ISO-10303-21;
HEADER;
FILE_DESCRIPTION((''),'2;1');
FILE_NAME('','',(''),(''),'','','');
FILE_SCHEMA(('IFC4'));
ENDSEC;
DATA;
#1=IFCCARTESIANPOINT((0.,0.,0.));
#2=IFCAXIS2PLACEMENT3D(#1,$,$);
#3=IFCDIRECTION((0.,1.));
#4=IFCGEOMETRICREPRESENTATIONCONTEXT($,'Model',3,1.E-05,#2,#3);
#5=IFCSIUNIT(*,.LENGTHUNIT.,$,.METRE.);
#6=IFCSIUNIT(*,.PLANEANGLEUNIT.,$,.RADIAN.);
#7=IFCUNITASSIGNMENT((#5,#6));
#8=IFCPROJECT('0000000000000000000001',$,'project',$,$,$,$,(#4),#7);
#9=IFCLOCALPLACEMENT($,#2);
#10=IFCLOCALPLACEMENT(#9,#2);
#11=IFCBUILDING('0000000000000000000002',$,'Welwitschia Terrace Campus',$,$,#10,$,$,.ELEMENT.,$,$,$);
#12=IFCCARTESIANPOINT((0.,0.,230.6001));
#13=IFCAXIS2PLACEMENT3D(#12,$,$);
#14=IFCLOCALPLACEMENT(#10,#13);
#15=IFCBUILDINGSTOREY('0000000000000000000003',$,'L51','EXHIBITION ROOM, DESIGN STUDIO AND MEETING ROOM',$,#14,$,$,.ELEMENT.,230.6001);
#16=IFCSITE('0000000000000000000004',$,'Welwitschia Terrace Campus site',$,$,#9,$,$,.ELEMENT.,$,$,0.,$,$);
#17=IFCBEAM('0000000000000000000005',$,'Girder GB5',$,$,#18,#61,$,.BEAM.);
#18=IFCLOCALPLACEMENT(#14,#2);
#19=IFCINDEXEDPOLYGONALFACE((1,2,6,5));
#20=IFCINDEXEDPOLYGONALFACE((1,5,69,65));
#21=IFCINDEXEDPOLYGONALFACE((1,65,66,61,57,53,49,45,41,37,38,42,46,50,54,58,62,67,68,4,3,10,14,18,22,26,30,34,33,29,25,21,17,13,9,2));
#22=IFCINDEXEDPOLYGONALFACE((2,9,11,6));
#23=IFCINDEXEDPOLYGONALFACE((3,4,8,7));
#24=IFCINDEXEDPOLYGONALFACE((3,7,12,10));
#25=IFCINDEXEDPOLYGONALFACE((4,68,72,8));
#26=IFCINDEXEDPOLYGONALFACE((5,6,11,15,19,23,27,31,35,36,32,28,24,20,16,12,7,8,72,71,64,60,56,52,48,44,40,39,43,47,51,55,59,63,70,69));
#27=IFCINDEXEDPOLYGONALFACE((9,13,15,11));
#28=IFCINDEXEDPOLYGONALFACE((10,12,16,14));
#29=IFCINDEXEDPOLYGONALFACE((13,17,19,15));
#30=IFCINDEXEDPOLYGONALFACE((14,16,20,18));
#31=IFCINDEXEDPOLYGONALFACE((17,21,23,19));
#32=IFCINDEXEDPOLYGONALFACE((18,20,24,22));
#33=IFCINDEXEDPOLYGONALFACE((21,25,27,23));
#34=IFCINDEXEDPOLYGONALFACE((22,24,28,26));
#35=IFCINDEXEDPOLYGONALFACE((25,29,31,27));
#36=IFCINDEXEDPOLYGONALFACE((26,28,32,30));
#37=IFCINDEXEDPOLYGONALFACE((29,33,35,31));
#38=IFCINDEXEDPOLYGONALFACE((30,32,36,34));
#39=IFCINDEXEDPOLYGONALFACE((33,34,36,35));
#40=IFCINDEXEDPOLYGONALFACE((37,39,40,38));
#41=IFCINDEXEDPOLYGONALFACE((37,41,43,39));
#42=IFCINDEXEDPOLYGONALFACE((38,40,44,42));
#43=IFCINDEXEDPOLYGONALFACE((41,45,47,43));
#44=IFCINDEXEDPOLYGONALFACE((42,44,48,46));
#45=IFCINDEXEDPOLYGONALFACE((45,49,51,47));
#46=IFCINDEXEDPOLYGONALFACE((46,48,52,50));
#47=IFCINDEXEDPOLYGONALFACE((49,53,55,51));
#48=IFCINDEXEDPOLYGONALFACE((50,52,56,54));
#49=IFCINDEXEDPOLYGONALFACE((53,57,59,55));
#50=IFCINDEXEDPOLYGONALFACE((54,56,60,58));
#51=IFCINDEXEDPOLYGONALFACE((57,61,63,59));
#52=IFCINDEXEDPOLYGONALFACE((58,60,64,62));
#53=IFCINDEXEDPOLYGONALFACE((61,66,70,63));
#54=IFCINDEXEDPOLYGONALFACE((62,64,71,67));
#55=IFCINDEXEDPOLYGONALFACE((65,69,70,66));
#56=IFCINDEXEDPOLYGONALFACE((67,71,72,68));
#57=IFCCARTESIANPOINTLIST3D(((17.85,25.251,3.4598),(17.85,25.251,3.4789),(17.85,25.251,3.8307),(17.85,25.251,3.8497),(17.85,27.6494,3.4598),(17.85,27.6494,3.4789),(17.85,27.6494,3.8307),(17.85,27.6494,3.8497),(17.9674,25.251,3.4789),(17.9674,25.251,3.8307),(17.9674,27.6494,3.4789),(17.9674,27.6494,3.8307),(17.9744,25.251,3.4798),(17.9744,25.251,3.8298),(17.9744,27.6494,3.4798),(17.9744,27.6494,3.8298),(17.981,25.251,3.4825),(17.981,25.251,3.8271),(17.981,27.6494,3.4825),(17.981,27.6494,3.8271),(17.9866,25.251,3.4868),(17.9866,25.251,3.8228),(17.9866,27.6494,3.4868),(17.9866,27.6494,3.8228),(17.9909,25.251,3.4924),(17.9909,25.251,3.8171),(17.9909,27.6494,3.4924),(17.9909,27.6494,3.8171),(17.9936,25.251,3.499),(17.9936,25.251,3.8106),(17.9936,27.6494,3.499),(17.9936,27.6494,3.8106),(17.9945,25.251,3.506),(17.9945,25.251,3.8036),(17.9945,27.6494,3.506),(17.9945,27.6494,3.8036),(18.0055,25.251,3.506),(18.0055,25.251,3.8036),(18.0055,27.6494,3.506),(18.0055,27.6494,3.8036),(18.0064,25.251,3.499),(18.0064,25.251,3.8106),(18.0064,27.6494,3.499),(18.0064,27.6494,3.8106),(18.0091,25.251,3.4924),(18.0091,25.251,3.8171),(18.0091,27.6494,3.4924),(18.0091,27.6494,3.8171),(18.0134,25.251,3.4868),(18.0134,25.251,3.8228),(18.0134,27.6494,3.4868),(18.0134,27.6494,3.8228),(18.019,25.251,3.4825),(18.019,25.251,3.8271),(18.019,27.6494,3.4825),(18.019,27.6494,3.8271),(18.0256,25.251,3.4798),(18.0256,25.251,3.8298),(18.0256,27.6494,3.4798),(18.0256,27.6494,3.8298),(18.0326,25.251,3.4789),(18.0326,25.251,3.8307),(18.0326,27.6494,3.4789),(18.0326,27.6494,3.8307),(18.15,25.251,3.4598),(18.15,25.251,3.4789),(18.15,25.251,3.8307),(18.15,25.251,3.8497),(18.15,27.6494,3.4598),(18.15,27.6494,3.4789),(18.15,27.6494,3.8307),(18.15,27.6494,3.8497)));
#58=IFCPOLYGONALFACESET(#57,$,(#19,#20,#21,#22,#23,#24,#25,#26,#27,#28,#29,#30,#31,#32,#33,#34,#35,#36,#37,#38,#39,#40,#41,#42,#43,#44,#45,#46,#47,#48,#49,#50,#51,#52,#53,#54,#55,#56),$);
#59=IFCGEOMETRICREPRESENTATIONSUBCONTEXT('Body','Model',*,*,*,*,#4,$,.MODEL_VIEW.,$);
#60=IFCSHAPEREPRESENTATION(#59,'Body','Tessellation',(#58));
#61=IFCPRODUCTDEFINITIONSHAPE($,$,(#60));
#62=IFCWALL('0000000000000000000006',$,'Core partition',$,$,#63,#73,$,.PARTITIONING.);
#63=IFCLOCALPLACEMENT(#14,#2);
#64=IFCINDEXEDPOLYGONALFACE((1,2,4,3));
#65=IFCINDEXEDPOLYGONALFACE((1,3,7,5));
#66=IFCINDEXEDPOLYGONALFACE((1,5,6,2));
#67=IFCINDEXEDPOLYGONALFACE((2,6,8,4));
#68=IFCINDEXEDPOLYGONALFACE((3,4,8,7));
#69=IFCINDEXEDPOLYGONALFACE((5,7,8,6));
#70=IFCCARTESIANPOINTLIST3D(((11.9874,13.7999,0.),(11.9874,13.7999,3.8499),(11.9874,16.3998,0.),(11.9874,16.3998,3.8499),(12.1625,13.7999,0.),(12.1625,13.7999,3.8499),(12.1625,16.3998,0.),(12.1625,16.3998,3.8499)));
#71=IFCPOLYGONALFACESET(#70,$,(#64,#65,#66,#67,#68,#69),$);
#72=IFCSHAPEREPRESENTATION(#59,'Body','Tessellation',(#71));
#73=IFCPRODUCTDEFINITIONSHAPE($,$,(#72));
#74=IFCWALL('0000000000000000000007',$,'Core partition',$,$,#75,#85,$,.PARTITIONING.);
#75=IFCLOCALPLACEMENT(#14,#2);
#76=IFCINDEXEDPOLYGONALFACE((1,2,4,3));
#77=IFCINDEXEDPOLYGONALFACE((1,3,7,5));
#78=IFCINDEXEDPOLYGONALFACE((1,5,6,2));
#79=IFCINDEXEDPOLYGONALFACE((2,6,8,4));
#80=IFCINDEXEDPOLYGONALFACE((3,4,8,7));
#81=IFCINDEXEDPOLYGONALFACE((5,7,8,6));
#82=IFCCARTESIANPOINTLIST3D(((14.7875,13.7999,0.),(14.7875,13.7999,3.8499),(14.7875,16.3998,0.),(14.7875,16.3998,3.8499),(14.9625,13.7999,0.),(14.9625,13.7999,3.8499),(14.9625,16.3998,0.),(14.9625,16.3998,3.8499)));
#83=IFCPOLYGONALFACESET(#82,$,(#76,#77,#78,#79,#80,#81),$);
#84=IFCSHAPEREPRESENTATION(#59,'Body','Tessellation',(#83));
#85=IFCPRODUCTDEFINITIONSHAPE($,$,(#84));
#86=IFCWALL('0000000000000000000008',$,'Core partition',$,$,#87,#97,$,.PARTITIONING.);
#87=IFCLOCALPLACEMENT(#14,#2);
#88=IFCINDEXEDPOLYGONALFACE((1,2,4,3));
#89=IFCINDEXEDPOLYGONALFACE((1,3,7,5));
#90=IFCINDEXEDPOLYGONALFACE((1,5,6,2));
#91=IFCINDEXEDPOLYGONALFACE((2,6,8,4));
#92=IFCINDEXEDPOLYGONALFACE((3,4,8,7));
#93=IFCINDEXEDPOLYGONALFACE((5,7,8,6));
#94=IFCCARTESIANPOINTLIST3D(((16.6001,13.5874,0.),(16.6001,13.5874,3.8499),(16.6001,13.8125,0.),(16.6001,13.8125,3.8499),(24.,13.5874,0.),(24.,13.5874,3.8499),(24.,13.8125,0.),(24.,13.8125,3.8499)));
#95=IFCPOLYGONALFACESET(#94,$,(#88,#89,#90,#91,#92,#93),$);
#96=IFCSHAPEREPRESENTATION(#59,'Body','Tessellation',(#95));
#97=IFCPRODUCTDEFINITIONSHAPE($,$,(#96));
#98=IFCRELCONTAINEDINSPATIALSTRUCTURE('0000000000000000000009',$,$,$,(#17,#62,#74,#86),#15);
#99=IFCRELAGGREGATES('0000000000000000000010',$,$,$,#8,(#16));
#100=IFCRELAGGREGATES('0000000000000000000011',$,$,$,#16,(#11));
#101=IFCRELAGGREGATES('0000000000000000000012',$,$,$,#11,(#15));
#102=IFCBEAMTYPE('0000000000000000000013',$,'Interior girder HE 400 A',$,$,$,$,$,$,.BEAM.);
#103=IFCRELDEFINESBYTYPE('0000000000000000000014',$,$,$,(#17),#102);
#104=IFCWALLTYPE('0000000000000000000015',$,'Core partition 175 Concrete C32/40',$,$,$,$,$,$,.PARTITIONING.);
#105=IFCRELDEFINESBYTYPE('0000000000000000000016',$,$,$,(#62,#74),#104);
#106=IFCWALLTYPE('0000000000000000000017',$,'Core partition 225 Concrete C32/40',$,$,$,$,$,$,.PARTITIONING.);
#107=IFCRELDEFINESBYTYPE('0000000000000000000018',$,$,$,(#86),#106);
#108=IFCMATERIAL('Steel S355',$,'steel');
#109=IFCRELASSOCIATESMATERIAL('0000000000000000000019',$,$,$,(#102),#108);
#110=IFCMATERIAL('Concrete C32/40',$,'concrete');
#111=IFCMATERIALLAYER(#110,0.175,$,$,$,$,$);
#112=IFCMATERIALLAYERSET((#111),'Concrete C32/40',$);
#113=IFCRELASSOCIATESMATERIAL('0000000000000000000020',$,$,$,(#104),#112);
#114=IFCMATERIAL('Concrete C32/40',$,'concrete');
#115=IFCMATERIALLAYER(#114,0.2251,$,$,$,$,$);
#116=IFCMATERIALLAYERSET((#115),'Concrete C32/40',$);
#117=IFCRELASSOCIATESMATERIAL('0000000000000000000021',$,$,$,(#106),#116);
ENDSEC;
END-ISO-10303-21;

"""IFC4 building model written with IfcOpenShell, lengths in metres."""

from ifc_helpers import new_model, si_unit, direction, frame, frame_2d, origin, origin_2d, place, context, subcontext, project, spatial, rectangle, i_section, extrude, material, layer, layer_set, material_profile, profile_set, type_object, element, save


model = new_model("IFC4")

# Units and contexts
model_context = context("Model", 3, precision=1e-05, world=origin(), true_north=direction((0.0, 1.0)))
body_context = subcontext(model_context, "Body", "Model", "MODEL_VIEW")
ifc_project = project(units=[si_unit("LENGTHUNIT", "METRE"), si_unit("PLANEANGLEUNIT", "RADIAN")], contexts=[model_context])

# Site, building, storey
site_placement = place(None, origin())
site = spatial("IfcSite", under=ifc_project, at=site_placement, Name="Welwitschia Terrace Campus site", CompositionType="ELEMENT", RefElevation=0.0)
building_placement = place(site_placement, origin())
building = spatial("IfcBuilding", under=site, at=building_placement, Name="Welwitschia Terrace Campus", CompositionType="ELEMENT")
storey_placement = place(building_placement, frame((0.0, 0.0, 230.6001)))
storey = spatial("IfcBuildingStorey", under=building, at=storey_placement, Name="L51", Description="EXHIBITION ROOM, DESIGN STUDIO AND MEETING ROOM", CompositionType="ELEMENT", Elevation=230.6001)

# Beam
ifc_material_1 = material(Name="Steel S355", Category="steel")
ifc_material_profile = material_profile(ifc_material_1, i_section(OverallWidth=0.3, OverallDepth=0.3899, WebThickness=0.011, FlangeThickness=0.019, FilletRadius=0.0271, at=origin_2d()))
ifc_profile_set = profile_set([ifc_material_profile], Name="Steel S355")
beam_type = type_object("IfcBeamType", Name="Interior girder HE 400 A", PredefinedType="BEAM", material=ifc_profile_set)
beam_placement = place(storey_placement, frame((18.0, 25.251, 3.6548), z_axis=(0.0, 1.0, 0.0), x_axis=(-1.0, 0.0, 0.0)))
element("IfcBeam", 1, at=beam_placement, inside=storey, type_object=beam_type, Name="Girder GB5", PredefinedType="BEAM", context=body_context, shape_type="SweptSolid", body=[
    extrude(i_section(OverallWidth=0.3, OverallDepth=0.3899, WebThickness=0.011, FlangeThickness=0.019, FilletRadius=0.0271, at=origin_2d()), origin(), (0.0, 0.0, 1.0), 2.3984),
])

# Walls
ifc_material_2 = material(Name="Concrete C32/40", Category="concrete")
ifc_layer_1 = layer(ifc_material_2, 0.175)
ifc_layer_set_1 = layer_set([ifc_layer_1], Name="Concrete C32/40")
wall_type_1 = type_object("IfcWallType", Name="Core partition 175 Concrete C32/40", PredefinedType="PARTITIONING", material=ifc_layer_set_1)
for number, where, z_axis, x_axis, name in (
    (2, (12.075, 13.8, 0.0), (0.0, 0.0, 1.0), (0.0, 1.0, 0.0), "Core partition"),
    (3, (14.875, 13.8, 0.0), (0.0, 0.0, 1.0), (0.0, 1.0, 0.0), "Core partition"),
):
    element("IfcWall", number, at=place(storey_placement, frame(where, z_axis=z_axis, x_axis=x_axis)), inside=storey, type_object=wall_type_1, Name=name, PredefinedType="PARTITIONING", context=body_context, shape_type="SweptSolid", body=[
        extrude(rectangle(XDim=2.5999, YDim=0.175, at=frame_2d((1.2998, 0.0))), origin(), (0.0, 0.0, 1.0), 3.8499),
    ])
ifc_material_3 = material(Name="Concrete C32/40", Category="concrete")
ifc_layer_2 = layer(ifc_material_3, 0.2251)
ifc_layer_set_2 = layer_set([ifc_layer_2], Name="Concrete C32/40")
wall_type_2 = type_object("IfcWallType", Name="Core partition 225 Concrete C32/40", PredefinedType="PARTITIONING", material=ifc_layer_set_2)
wall_1_placement = place(storey_placement, frame((16.6001, 13.7, 0.0), z_axis=(0.0, 0.0, 1.0), x_axis=(1.0, 0.0, 0.0)))
element("IfcWall", 4, at=wall_1_placement, inside=storey, type_object=wall_type_2, Name="Core partition", PredefinedType="PARTITIONING", context=body_context, shape_type="SweptSolid", body=[
    extrude(rectangle(XDim=7.3999, YDim=0.2251, at=frame_2d((3.7, 0.0))), origin(), (0.0, 0.0, 1.0), 3.8499),
])

save(model, "model.ifc")
